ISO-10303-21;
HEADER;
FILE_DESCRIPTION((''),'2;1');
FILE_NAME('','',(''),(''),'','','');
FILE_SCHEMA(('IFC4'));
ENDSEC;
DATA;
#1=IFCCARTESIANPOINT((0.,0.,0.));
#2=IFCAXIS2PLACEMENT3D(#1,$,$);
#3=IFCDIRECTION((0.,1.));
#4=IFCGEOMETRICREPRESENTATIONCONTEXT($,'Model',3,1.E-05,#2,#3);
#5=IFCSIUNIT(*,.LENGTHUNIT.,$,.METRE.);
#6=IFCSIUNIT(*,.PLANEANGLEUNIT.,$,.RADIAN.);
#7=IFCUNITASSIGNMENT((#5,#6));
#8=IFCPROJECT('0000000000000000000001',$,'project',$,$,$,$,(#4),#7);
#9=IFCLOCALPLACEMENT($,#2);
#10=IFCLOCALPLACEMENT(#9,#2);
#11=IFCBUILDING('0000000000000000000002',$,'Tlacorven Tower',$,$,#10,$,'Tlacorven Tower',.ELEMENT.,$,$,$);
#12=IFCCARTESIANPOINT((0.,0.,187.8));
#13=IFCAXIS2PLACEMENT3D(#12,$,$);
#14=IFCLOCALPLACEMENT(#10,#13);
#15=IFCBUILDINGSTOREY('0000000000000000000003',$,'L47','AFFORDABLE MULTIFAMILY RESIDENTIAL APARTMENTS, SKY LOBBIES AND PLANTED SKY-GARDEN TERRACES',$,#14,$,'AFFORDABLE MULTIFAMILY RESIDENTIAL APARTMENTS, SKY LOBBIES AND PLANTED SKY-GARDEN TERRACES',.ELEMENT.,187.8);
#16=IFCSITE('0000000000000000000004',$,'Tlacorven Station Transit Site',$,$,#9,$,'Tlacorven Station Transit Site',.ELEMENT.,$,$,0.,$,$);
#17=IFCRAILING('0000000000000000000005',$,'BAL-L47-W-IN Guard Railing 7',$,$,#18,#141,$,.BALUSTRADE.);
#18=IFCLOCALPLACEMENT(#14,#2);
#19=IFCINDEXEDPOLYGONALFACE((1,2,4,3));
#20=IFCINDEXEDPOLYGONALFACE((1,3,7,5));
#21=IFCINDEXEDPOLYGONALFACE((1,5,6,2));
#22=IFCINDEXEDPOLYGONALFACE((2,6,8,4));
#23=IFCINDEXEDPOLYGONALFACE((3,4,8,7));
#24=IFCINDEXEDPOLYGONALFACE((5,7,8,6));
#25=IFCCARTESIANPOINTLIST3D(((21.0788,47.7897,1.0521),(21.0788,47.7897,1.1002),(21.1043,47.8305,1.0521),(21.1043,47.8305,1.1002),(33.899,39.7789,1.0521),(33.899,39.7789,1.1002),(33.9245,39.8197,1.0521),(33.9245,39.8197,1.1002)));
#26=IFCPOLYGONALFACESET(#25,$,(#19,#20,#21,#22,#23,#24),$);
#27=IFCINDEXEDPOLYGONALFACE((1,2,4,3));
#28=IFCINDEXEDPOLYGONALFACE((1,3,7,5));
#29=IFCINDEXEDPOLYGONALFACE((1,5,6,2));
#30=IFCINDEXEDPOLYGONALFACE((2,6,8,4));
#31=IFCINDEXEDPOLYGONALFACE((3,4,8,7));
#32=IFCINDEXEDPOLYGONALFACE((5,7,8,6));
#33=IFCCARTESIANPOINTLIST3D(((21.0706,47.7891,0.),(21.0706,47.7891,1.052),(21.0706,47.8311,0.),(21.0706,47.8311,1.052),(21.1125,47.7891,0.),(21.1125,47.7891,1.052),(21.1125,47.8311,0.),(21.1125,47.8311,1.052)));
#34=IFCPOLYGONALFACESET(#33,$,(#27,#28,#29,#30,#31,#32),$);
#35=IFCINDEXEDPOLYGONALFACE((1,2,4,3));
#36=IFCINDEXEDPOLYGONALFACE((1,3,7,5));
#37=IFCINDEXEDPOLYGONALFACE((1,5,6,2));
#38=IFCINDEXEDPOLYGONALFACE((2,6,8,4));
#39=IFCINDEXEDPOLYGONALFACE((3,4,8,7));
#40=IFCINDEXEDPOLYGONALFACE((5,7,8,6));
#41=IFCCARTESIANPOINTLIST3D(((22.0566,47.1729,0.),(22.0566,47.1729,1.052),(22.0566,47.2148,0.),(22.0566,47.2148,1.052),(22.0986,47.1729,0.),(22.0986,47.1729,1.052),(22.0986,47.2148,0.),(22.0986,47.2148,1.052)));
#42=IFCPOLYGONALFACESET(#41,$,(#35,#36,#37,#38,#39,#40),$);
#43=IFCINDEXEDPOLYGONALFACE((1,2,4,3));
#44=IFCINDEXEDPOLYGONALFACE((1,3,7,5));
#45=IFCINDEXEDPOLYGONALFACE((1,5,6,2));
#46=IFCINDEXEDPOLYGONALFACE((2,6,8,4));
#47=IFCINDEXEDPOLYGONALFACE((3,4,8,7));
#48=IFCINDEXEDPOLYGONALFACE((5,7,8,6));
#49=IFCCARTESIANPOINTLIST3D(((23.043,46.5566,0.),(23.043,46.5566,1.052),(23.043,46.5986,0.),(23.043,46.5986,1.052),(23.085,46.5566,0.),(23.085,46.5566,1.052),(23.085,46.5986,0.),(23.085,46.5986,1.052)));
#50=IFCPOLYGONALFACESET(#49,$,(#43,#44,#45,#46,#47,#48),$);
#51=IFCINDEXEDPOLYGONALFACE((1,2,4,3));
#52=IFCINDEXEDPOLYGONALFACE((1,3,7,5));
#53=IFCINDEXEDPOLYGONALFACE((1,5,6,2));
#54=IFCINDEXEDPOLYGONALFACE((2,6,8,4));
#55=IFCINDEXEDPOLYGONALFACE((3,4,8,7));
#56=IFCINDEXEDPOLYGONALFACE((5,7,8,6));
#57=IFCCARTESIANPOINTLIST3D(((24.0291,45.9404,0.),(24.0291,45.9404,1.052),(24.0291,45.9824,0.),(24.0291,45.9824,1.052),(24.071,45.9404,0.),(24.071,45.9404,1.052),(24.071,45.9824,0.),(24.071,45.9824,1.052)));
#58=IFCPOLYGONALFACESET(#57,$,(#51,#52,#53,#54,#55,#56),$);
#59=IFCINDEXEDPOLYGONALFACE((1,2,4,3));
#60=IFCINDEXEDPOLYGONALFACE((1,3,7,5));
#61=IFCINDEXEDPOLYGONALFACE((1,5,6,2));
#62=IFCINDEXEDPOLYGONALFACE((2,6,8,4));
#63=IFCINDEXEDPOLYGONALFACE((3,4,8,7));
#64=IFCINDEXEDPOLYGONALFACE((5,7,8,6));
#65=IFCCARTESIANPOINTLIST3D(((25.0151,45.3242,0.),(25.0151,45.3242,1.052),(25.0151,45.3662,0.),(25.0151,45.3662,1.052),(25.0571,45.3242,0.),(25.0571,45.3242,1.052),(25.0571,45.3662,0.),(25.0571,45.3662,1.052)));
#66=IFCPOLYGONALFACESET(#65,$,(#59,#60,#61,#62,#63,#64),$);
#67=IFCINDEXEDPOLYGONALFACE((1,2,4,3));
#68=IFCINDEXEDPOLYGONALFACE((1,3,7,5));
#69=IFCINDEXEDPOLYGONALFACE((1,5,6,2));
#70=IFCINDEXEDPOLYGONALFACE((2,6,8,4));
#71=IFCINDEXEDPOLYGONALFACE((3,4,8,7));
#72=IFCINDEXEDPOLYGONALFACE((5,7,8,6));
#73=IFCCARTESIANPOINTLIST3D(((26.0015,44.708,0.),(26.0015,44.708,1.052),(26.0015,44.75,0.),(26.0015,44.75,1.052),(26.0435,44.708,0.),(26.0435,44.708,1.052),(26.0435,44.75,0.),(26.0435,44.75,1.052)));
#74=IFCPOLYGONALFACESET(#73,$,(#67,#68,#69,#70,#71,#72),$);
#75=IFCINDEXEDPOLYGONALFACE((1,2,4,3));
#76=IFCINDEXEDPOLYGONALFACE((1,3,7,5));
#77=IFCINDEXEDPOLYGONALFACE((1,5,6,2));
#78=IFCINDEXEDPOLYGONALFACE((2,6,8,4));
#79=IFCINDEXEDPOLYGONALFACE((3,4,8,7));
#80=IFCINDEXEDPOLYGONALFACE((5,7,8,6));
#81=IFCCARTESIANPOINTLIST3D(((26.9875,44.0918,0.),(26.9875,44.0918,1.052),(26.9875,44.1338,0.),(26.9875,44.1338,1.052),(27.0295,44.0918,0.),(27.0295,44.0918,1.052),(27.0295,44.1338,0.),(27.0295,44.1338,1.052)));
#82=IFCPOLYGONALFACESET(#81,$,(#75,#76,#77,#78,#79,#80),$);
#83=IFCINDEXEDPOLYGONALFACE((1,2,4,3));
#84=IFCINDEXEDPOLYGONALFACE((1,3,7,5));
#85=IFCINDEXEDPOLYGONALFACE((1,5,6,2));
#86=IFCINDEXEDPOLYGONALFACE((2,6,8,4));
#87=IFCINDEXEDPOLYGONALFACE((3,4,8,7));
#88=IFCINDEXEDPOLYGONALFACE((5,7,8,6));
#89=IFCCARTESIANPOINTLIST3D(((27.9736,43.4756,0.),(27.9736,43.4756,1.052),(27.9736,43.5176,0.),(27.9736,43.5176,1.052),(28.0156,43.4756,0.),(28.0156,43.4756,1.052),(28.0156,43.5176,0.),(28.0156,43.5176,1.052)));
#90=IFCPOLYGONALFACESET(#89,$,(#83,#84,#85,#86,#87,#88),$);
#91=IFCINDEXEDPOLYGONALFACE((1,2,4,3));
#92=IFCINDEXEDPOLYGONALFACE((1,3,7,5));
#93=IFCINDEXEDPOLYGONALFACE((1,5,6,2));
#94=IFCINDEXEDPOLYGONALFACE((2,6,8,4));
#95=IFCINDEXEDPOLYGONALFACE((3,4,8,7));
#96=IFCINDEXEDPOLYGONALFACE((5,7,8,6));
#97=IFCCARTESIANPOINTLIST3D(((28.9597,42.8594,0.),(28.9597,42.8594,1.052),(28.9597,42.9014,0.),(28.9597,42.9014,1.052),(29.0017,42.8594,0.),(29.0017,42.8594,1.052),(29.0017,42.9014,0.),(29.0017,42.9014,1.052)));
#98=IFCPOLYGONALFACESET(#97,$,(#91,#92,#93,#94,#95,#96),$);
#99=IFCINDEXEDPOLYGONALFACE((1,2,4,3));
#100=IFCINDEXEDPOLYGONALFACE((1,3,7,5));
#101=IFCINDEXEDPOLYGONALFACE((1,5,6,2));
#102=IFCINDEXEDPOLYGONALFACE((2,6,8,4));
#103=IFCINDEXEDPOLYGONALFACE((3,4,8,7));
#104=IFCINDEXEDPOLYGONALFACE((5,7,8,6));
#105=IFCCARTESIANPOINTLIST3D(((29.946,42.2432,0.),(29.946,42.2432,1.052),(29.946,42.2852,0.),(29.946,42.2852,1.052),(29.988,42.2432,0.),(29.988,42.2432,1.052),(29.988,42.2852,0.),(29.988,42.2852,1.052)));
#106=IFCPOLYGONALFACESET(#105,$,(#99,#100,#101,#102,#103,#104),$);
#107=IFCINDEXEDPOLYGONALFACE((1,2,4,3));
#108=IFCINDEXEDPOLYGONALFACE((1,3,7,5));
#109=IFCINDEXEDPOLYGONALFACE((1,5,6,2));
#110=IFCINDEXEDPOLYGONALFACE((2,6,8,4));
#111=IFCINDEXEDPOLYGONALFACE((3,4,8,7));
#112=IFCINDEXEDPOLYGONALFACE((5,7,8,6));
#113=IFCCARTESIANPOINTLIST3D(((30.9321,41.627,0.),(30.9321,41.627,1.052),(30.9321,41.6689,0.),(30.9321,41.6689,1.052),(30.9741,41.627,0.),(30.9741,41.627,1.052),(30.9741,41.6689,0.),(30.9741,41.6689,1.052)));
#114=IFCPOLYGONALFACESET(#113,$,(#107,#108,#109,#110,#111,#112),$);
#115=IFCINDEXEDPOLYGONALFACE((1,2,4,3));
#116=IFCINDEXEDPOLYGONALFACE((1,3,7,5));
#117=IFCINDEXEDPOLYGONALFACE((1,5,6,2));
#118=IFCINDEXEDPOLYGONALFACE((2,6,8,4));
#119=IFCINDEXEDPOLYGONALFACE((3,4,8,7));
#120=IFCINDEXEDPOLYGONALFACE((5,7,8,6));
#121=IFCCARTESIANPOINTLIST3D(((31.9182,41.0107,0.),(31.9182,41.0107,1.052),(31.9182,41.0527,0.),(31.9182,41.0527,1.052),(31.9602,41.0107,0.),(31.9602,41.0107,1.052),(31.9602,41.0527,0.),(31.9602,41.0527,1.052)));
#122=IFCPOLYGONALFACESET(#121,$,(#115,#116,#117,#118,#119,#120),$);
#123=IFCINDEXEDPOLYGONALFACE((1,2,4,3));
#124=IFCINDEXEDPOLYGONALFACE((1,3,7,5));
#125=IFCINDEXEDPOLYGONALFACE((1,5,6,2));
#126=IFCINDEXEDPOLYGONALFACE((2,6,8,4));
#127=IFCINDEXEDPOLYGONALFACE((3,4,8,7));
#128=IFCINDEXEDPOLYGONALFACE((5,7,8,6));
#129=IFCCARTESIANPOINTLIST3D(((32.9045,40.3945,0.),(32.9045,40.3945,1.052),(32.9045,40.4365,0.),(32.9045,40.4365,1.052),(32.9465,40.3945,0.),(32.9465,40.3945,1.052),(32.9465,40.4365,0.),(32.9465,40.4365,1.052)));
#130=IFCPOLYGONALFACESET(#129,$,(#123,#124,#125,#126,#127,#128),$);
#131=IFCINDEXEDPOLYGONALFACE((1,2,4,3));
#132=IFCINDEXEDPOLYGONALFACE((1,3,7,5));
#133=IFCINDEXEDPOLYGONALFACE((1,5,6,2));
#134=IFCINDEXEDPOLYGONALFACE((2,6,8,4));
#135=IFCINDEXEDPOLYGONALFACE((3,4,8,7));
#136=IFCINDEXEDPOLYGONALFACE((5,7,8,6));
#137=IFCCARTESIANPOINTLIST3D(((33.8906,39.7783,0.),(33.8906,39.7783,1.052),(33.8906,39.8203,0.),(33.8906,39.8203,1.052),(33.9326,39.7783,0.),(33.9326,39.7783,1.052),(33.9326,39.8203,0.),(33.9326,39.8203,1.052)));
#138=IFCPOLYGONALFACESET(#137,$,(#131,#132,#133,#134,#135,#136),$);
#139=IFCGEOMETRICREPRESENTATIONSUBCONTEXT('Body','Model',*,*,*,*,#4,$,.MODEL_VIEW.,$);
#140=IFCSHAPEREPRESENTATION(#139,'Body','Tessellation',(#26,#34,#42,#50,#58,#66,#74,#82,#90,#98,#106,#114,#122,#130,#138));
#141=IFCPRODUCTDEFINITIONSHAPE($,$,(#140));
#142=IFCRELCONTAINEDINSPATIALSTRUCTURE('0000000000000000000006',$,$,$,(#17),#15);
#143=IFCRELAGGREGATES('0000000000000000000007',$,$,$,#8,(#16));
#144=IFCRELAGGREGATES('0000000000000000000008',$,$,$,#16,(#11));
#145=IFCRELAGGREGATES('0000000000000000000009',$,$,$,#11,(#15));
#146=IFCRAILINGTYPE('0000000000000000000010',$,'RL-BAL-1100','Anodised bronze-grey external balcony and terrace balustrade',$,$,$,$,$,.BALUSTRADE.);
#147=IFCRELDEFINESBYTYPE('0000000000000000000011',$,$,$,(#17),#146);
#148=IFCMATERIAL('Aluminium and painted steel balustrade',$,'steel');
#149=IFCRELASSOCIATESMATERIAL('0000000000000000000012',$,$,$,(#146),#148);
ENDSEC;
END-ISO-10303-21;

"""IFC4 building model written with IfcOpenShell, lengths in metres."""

from ifc_helpers import new_model, si_unit, direction, frame, origin, origin_2d, place, context, subcontext, project, spatial, rectangle, extrude, source, transform, mapped, material, type_object, element, save


model = new_model("IFC4")

# Units and contexts
model_context = context("Model", 3, precision=1e-05, world=origin(), true_north=direction((0.0, 1.0)))
body_context = subcontext(model_context, "Body", "Model", "MODEL_VIEW")
ifc_project = project(units=[si_unit("LENGTHUNIT", "METRE"), si_unit("PLANEANGLEUNIT", "RADIAN")], contexts=[model_context])

# Site, building, storey
site_placement = place(None, origin())
site = spatial("IfcSite", under=ifc_project, at=site_placement, Name="Tlacorven Station Transit Site", LongName="Tlacorven Station Transit Site", CompositionType="ELEMENT", RefElevation=0.0)
building_placement = place(site_placement, origin())
building = spatial("IfcBuilding", under=site, at=building_placement, Name="Tlacorven Tower", LongName="Tlacorven Tower", CompositionType="ELEMENT")
storey_placement = place(building_placement, frame((0.0, 0.0, 187.8)))
storey = spatial("IfcBuildingStorey", under=building, at=storey_placement, Name="L47", Description="AFFORDABLE MULTIFAMILY RESIDENTIAL APARTMENTS, SKY LOBBIES AND PLANTED SKY-GARDEN TERRACES", LongName="AFFORDABLE MULTIFAMILY RESIDENTIAL APARTMENTS, SKY LOBBIES AND PLANTED SKY-GARDEN TERRACES", CompositionType="ELEMENT", Elevation=187.8)

# Railing
ifc_material_1 = material(Name="Aluminium and painted steel balustrade", Category="steel")
railing_type = type_object("IfcRailingType", Name="RL-BAL-1100", Description="Anodised bronze-grey external balcony and terrace balustrade", PredefinedType="BALUSTRADE", material=ifc_material_1)
shared_shape_1 = source(origin(), body_context, "Body", "SweptSolid", [
    extrude(rectangle(XDim=0.0481, YDim=0.0481, at=origin_2d()), frame((0.0, 0.0, 1.0762), z_axis=(0.848052, -0.529913, 0.0), x_axis=(0.529913, 0.848052, 0.0)), (0.0, 0.0, 1.0), 15.1172),
    extrude(rectangle(XDim=0.042, YDim=0.042, at=origin_2d()), origin(), (0.0, 0.0, 1.0), 1.052),
    extrude(rectangle(XDim=0.042, YDim=0.042, at=origin_2d()), frame((0.9861, -0.6162, 0.0)), (0.0, 0.0, 1.0), 1.052),
    extrude(rectangle(XDim=0.042, YDim=0.042, at=origin_2d()), frame((1.9724, -1.2324, 0.0)), (0.0, 0.0, 1.0), 1.052),
    extrude(rectangle(XDim=0.042, YDim=0.042, at=origin_2d()), frame((2.9585, -1.8486, 0.0)), (0.0, 0.0, 1.0), 1.052),
    extrude(rectangle(XDim=0.042, YDim=0.042, at=origin_2d()), frame((3.9446, -2.4648, 0.0)), (0.0, 0.0, 1.0), 1.052),
    extrude(rectangle(XDim=0.042, YDim=0.042, at=origin_2d()), frame((4.9309, -3.0811, 0.0)), (0.0, 0.0, 1.0), 1.052),
    extrude(rectangle(XDim=0.042, YDim=0.042, at=origin_2d()), frame((5.917, -3.6973, 0.0)), (0.0, 0.0, 1.0), 1.052),
    extrude(rectangle(XDim=0.042, YDim=0.042, at=origin_2d()), frame((6.9031, -4.3135, 0.0)), (0.0, 0.0, 1.0), 1.052),
    extrude(rectangle(XDim=0.042, YDim=0.042, at=origin_2d()), frame((7.8892, -4.9297, 0.0)), (0.0, 0.0, 1.0), 1.052),
    extrude(rectangle(XDim=0.042, YDim=0.042, at=origin_2d()), frame((8.8755, -5.5459, 0.0)), (0.0, 0.0, 1.0), 1.052),
    extrude(rectangle(XDim=0.042, YDim=0.042, at=origin_2d()), frame((9.8616, -6.1621, 0.0)), (0.0, 0.0, 1.0), 1.052),
    extrude(rectangle(XDim=0.042, YDim=0.042, at=origin_2d()), frame((10.8477, -6.7783, 0.0)), (0.0, 0.0, 1.0), 1.052),
    extrude(rectangle(XDim=0.042, YDim=0.042, at=origin_2d()), frame((11.834, -7.3945, 0.0)), (0.0, 0.0, 1.0), 1.052),
    extrude(rectangle(XDim=0.042, YDim=0.042, at=origin_2d()), frame((12.8201, -8.0107, 0.0)), (0.0, 0.0, 1.0), 1.052),
])
railing_1_placement = place(storey_placement, frame((21.0916, 47.8101, 0.0)))
element("IfcRailing", 1, at=railing_1_placement, inside=storey, type_object=railing_type, Name="BAL-L47-W-IN Guard Railing 7", PredefinedType="BALUSTRADE", context=body_context, shape_type="MappedRepresentation", body=[
    mapped(shared_shape_1, transform((0.0, 0.0, 0.0), scale=1.0)),
])

save(model, "model.ifc")
